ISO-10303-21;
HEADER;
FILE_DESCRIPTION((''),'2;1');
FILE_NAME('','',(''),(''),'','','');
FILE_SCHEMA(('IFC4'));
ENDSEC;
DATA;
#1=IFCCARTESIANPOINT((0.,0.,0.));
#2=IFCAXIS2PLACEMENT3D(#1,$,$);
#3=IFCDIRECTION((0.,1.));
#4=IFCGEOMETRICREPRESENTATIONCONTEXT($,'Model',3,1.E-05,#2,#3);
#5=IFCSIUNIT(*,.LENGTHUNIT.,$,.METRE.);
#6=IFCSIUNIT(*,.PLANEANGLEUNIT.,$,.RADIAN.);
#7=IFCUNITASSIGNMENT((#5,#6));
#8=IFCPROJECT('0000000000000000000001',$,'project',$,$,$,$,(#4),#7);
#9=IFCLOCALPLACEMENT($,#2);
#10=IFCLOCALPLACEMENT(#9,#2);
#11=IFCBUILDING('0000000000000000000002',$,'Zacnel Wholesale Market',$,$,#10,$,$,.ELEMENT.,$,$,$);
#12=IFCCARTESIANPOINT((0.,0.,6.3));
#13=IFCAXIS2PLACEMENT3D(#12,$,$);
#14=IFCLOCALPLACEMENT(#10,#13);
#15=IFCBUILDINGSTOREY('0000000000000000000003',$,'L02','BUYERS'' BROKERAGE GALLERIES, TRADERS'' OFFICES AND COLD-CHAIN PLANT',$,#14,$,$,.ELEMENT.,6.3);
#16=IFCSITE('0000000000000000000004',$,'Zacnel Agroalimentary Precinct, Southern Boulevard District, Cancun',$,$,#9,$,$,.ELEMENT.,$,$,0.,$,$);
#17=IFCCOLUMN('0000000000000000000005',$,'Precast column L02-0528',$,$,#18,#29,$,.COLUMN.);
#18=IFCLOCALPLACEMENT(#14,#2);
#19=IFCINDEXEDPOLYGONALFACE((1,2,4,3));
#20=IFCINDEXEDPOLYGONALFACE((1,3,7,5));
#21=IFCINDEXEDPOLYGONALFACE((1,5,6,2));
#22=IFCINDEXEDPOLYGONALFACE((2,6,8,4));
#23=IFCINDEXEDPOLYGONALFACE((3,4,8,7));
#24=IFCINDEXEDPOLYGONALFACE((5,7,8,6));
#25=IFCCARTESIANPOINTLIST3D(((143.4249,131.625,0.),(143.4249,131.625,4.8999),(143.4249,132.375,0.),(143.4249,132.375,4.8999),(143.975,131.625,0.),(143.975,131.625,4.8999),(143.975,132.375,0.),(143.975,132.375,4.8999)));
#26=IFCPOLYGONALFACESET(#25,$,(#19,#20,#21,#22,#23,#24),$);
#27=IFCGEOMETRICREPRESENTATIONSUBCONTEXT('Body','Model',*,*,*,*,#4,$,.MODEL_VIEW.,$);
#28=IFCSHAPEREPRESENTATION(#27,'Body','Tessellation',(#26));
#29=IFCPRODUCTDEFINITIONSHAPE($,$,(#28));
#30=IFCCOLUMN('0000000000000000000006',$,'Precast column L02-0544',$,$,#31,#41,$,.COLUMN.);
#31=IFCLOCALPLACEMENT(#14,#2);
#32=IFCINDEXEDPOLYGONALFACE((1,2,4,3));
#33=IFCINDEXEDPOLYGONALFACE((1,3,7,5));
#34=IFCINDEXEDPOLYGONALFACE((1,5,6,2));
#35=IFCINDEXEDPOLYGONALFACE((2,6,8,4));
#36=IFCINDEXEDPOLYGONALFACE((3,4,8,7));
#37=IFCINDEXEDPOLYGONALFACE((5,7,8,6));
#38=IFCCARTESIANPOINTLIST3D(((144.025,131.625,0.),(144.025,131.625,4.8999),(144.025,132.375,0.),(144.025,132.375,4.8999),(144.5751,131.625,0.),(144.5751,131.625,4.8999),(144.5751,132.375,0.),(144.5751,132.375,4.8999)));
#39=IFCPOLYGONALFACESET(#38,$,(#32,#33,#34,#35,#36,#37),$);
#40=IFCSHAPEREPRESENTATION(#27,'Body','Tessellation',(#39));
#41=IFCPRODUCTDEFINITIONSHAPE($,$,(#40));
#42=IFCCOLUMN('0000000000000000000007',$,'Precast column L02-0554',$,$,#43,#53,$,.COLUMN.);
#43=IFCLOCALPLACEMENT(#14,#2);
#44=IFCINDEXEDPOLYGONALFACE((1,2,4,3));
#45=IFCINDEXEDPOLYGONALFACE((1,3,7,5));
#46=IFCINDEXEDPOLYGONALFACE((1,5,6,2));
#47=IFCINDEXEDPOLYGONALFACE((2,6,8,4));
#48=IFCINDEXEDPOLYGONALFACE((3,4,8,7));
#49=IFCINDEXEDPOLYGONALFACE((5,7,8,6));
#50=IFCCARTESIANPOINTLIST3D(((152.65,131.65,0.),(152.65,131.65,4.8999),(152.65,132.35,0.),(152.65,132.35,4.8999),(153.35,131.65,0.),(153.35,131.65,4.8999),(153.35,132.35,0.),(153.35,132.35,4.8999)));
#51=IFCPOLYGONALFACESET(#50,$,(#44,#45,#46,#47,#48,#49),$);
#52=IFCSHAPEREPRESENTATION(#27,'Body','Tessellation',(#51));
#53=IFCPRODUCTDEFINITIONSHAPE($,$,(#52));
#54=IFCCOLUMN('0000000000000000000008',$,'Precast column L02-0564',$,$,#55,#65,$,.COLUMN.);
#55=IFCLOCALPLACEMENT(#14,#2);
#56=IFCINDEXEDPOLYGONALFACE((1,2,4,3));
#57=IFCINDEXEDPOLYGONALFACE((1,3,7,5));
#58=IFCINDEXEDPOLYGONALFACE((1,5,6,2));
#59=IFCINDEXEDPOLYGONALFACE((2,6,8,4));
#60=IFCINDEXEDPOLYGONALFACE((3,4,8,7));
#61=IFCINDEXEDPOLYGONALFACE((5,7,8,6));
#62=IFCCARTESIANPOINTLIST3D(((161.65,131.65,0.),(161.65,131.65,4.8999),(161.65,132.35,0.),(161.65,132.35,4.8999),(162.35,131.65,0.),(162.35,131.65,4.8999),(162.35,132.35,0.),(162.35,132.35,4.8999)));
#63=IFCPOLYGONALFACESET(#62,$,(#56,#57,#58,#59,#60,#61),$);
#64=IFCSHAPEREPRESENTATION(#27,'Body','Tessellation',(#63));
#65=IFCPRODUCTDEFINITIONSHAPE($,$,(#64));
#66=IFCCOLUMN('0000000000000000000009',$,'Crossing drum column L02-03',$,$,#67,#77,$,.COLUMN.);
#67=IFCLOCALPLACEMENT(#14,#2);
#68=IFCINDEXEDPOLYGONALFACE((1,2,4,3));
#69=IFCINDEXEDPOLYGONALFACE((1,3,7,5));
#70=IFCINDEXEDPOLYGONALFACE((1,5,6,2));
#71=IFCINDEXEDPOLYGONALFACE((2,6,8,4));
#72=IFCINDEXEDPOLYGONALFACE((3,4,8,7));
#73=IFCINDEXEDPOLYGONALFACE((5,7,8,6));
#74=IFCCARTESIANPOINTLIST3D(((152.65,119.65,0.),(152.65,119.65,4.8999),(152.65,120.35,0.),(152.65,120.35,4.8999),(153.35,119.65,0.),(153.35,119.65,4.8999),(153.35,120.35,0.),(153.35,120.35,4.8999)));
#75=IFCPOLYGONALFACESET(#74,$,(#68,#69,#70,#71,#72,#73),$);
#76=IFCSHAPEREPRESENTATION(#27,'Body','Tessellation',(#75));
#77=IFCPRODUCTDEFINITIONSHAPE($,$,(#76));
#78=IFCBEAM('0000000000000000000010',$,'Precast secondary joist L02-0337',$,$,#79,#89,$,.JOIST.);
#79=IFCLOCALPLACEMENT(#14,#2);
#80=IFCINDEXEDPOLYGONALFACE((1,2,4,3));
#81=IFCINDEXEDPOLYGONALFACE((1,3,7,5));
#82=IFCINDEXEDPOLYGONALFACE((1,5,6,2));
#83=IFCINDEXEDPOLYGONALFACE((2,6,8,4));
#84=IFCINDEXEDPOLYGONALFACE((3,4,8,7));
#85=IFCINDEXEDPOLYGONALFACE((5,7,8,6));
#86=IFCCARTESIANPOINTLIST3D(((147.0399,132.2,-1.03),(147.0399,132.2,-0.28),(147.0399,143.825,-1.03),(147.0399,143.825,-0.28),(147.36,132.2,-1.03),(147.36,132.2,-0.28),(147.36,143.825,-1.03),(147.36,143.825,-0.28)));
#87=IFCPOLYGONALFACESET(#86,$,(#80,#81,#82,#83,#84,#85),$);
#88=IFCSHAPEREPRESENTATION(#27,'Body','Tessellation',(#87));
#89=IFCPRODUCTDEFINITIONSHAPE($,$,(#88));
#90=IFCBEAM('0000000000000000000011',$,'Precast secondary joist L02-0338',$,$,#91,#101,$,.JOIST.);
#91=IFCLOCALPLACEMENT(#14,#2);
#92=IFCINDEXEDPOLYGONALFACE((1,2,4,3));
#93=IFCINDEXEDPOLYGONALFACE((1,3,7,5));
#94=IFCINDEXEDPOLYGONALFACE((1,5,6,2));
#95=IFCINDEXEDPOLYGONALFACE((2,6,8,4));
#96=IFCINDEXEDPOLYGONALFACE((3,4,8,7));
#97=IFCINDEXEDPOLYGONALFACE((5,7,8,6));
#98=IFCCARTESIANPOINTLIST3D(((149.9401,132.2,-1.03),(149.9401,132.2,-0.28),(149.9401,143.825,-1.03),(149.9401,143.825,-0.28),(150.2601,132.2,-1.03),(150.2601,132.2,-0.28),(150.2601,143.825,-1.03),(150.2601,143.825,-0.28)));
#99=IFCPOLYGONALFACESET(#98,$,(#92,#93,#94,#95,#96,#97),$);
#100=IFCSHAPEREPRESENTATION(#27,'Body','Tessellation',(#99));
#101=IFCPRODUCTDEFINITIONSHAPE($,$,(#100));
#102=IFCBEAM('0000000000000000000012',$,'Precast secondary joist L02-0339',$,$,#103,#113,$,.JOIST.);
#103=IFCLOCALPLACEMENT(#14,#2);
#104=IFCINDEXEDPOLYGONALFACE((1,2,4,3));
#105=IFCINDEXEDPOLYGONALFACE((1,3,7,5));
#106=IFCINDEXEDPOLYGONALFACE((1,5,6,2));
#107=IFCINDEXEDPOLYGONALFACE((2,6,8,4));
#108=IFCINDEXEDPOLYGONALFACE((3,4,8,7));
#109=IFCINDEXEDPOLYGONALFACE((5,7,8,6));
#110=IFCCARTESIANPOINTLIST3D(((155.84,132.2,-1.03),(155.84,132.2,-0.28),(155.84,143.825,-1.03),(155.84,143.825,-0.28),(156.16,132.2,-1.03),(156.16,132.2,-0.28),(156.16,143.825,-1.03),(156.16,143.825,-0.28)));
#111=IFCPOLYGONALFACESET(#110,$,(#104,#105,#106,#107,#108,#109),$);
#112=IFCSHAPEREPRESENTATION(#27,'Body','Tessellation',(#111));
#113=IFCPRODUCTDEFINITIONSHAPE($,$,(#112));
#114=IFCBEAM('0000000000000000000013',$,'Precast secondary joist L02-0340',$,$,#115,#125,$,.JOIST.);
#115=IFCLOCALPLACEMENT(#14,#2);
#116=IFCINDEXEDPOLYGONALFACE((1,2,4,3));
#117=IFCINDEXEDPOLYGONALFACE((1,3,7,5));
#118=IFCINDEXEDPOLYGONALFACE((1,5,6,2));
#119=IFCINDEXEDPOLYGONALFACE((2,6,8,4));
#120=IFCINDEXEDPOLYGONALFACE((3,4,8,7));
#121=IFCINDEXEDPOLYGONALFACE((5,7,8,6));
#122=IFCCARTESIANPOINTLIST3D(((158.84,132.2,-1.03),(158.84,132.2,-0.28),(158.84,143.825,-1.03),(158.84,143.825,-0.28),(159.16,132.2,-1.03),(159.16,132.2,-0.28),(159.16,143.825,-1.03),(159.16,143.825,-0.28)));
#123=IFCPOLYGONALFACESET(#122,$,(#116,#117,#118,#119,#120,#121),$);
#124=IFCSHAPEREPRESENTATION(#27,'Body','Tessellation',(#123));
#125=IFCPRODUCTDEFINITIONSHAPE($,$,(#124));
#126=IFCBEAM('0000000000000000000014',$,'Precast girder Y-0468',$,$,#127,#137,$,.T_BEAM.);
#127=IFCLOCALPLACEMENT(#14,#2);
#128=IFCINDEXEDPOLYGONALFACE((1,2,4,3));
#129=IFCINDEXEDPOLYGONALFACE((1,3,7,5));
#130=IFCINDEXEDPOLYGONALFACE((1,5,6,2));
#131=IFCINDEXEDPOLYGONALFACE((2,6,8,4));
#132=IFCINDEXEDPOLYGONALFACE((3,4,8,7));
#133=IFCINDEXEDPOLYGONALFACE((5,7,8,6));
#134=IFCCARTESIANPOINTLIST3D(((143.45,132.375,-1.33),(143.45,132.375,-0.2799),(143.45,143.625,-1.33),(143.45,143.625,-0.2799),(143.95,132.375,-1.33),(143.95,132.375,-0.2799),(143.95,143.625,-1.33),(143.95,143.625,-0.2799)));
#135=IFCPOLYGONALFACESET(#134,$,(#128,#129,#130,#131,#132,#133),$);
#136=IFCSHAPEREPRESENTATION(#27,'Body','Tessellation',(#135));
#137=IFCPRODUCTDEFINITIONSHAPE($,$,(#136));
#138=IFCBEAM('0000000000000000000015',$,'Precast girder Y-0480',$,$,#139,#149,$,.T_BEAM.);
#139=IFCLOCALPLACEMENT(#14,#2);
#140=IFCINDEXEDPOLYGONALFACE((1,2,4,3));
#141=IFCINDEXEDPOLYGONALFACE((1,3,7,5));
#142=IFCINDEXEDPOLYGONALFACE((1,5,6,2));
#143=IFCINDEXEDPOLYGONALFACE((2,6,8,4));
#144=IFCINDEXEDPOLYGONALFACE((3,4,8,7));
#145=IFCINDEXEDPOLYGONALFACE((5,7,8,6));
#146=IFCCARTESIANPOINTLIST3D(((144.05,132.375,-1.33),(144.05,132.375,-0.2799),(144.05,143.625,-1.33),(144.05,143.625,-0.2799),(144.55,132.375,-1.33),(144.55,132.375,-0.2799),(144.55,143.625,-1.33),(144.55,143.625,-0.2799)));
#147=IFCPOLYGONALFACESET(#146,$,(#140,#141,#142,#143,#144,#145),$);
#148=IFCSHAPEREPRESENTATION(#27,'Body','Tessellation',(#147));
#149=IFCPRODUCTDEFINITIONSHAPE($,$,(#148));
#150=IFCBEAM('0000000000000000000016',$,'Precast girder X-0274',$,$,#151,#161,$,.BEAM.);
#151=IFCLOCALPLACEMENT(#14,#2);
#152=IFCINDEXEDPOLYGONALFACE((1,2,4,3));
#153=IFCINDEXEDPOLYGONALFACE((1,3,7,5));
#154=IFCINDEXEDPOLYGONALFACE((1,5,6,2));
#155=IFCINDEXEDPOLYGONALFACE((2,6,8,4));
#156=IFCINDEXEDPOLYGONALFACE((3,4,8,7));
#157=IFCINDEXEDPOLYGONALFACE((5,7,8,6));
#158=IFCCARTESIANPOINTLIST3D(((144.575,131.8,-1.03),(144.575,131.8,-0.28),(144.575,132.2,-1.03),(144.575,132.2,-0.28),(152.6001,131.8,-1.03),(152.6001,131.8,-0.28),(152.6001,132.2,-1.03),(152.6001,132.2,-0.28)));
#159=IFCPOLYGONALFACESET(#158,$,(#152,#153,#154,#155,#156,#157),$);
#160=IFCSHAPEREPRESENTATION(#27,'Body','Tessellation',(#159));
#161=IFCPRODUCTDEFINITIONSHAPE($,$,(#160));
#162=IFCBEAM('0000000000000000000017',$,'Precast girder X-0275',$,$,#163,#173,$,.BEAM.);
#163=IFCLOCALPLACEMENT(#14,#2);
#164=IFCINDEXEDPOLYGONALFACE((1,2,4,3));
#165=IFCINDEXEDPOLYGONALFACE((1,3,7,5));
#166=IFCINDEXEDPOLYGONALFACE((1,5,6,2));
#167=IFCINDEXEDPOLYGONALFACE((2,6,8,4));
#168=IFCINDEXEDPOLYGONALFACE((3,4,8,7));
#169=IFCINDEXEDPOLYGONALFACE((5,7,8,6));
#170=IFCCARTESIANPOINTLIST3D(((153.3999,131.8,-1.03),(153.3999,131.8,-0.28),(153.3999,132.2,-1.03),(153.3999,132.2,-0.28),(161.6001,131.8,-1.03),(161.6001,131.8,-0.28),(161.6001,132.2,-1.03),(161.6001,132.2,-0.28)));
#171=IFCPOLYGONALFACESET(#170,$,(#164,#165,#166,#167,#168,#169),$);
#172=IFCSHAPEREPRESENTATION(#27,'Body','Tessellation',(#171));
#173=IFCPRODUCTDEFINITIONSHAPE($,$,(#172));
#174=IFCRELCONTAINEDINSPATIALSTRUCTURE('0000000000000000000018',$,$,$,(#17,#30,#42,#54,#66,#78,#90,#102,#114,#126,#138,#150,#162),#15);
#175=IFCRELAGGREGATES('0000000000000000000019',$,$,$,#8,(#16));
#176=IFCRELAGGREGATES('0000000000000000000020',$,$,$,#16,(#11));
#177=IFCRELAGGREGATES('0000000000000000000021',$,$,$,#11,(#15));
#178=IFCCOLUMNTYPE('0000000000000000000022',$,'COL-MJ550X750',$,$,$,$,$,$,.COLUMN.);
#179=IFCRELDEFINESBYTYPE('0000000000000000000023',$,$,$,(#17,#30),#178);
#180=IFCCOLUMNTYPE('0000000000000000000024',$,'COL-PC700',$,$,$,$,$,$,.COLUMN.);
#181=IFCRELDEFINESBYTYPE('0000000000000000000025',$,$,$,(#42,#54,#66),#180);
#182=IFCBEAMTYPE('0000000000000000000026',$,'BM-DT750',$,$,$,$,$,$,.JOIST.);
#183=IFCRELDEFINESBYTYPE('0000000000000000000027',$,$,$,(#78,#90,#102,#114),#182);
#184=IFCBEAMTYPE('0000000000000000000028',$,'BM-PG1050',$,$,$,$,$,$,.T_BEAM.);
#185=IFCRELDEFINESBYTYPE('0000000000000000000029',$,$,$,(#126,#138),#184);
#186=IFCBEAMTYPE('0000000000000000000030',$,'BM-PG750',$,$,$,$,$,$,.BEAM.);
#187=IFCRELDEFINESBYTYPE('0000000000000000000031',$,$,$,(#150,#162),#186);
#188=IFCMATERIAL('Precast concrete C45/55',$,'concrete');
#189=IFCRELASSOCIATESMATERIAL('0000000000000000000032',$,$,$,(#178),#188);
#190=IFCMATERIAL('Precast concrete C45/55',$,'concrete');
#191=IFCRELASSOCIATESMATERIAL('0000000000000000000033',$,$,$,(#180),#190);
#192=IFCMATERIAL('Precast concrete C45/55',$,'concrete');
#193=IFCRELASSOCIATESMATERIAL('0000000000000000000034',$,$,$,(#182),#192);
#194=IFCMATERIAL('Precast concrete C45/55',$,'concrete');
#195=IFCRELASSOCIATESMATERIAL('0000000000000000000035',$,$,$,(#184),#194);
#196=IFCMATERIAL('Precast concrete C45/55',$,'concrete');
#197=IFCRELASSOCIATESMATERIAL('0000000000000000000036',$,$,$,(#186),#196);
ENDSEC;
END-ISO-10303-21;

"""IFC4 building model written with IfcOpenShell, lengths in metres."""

from ifc_helpers import new_model, si_unit, direction, frame, origin, origin_2d, place, context, subcontext, project, spatial, rectangle, extrude, material, material_profile, profile_set, type_object, element, save


model = new_model("IFC4")

# Units and contexts
model_context = context("Model", 3, precision=1e-05, world=origin(), true_north=direction((0.0, 1.0)))
body_context = subcontext(model_context, "Body", "Model", "MODEL_VIEW")
ifc_project = project(units=[si_unit("LENGTHUNIT", "METRE"), si_unit("PLANEANGLEUNIT", "RADIAN")], contexts=[model_context])

# Site, building, storey
site_placement = place(None, origin())
site = spatial("IfcSite", under=ifc_project, at=site_placement, Name="Zacnel Agroalimentary Precinct, Southern Boulevard District, Cancun", CompositionType="ELEMENT", RefElevation=0.0)
building_placement = place(site_placement, origin())
building = spatial("IfcBuilding", under=site, at=building_placement, Name="Zacnel Wholesale Market", CompositionType="ELEMENT")
storey_placement = place(building_placement, frame((0.0, 0.0, 6.3)))
storey = spatial("IfcBuildingStorey", under=building, at=storey_placement, Name="L02", Description="BUYERS' BROKERAGE GALLERIES, TRADERS' OFFICES AND COLD-CHAIN PLANT", CompositionType="ELEMENT", Elevation=6.3)

# Columns
ifc_material_1 = material(Name="Precast concrete C45/55", Category="concrete")
ifc_material_profile_1 = material_profile(ifc_material_1, rectangle(XDim=0.55, YDim=0.75, at=origin_2d()), Name="PC 550x750")
ifc_profile_set_1 = profile_set([ifc_material_profile_1], Name="Precast concrete C45/55")
column_type_1 = type_object("IfcColumnType", Name="COL-MJ550X750", PredefinedType="COLUMN", material=ifc_profile_set_1)
for number, where, z_axis, x_axis, name in (
    (1, (143.7, 132.0, 0.0), (0.0, 0.0, 1.0), (1.0, 0.0, 0.0), "Precast column L02-0528"),
    (2, (144.3, 132.0, 0.0), (0.0, 0.0, 1.0), (1.0, 0.0, 0.0), "Precast column L02-0544"),
):
    element("IfcColumn", number, at=place(storey_placement, frame(where, z_axis=z_axis, x_axis=x_axis)), inside=storey, type_object=column_type_1, Name=name, PredefinedType="COLUMN", context=body_context, shape_type="SweptSolid", body=[
        extrude(rectangle(XDim=0.55, YDim=0.75, at=origin_2d()), origin(), (0.0, 0.0, 1.0), 4.8999),
    ])
ifc_material_2 = material(Name="Precast concrete C45/55", Category="concrete")
ifc_material_profile_2 = material_profile(ifc_material_2, rectangle(XDim=0.7, YDim=0.7, at=origin_2d()), Name="PC 700x700")
ifc_profile_set_2 = profile_set([ifc_material_profile_2], Name="Precast concrete C45/55")
column_type_2 = type_object("IfcColumnType", Name="COL-PC700", PredefinedType="COLUMN", material=ifc_profile_set_2)
for number, where, z_axis, x_axis, name in (
    (3, (153.0, 132.0, 0.0), (0.0, 0.0, 1.0), (1.0, 0.0, 0.0), "Precast column L02-0554"),
    (4, (162.0, 132.0, 0.0), (0.0, 0.0, 1.0), (1.0, 0.0, 0.0), "Precast column L02-0564"),
    (5, (153.0, 120.0, 0.0), (0.0, 0.0, 1.0), (1.0, 0.0, 0.0), "Crossing drum column L02-03"),
):
    element("IfcColumn", number, at=place(storey_placement, frame(where, z_axis=z_axis, x_axis=x_axis)), inside=storey, type_object=column_type_2, Name=name, PredefinedType="COLUMN", context=body_context, shape_type="SweptSolid", body=[
        extrude(rectangle(XDim=0.7, YDim=0.7, at=origin_2d()), origin(), (0.0, 0.0, 1.0), 4.8999),
    ])

# Beams
ifc_material_3 = material(Name="Precast concrete C45/55", Category="concrete")
ifc_material_profile_3 = material_profile(ifc_material_3, rectangle(XDim=0.3201, YDim=0.75, at=origin_2d()), Name="DT RIB 320x750")
ifc_profile_set_3 = profile_set([ifc_material_profile_3], Name="Precast concrete C45/55")
beam_type_1 = type_object("IfcBeamType", Name="BM-DT750", PredefinedType="JOIST", material=ifc_profile_set_3)
for number, where, z_axis, x_axis, name in (
    (6, (147.2, 132.2, -0.655), (0.0, 1.0, 0.0), (-1.0, 0.0, 0.0), "Precast secondary joist L02-0337"),
    (7, (150.1001, 132.2, -0.655), (0.0, 1.0, 0.0), (-1.0, 0.0, 0.0), "Precast secondary joist L02-0338"),
    (8, (156.0, 132.2, -0.655), (0.0, 1.0, 0.0), (-1.0, 0.0, 0.0), "Precast secondary joist L02-0339"),
    (9, (159.0, 132.2, -0.655), (0.0, 1.0, 0.0), (-1.0, 0.0, 0.0), "Precast secondary joist L02-0340"),
):
    element("IfcBeam", number, at=place(storey_placement, frame(where, z_axis=z_axis, x_axis=x_axis)), inside=storey, type_object=beam_type_1, Name=name, PredefinedType="JOIST", context=body_context, shape_type="SweptSolid", body=[
        extrude(rectangle(XDim=0.3201, YDim=0.75, at=origin_2d()), origin(), (0.0, 0.0, 1.0), 11.625),
    ])
ifc_material_4 = material(Name="Precast concrete C45/55", Category="concrete")
ifc_material_profile_4 = material_profile(ifc_material_4, rectangle(XDim=0.5, YDim=1.05, at=origin_2d()), Name="PG 500x1050")
ifc_profile_set_4 = profile_set([ifc_material_profile_4], Name="Precast concrete C45/55")
beam_type_2 = type_object("IfcBeamType", Name="BM-PG1050", PredefinedType="T_BEAM", material=ifc_profile_set_4)
for number, where, z_axis, x_axis, name in (
    (10, (143.7, 132.375, -0.8049), (0.0, 1.0, 0.0), (-1.0, 0.0, 0.0), "Precast girder Y-0468"),
    (11, (144.3, 132.375, -0.8049), (0.0, 1.0, 0.0), (-1.0, 0.0, 0.0), "Precast girder Y-0480"),
):
    element("IfcBeam", number, at=place(storey_placement, frame(where, z_axis=z_axis, x_axis=x_axis)), inside=storey, type_object=beam_type_2, Name=name, PredefinedType="T_BEAM", context=body_context, shape_type="SweptSolid", body=[
        extrude(rectangle(XDim=0.5, YDim=1.05, at=origin_2d()), origin(), (0.0, 0.0, 1.0), 11.25),
    ])
ifc_material_5 = material(Name="Precast concrete C45/55", Category="concrete")
ifc_material_profile_5 = material_profile(ifc_material_5, rectangle(XDim=0.3999, YDim=0.75, at=origin_2d()), Name="PG 400x750")
ifc_profile_set_5 = profile_set([ifc_material_profile_5], Name="Precast concrete C45/55")
beam_type_3 = type_object("IfcBeamType", Name="BM-PG750", PredefinedType="BEAM", material=ifc_profile_set_5)
beam_1_placement = place(storey_placement, frame((144.575, 132.0, -0.655), z_axis=(1.0, 0.0, 0.0), x_axis=(0.0, 1.0, 0.0)))
element("IfcBeam", 12, at=beam_1_placement, inside=storey, type_object=beam_type_3, Name="Precast girder X-0274", PredefinedType="BEAM", context=body_context, shape_type="SweptSolid", body=[
    extrude(rectangle(XDim=0.3999, YDim=0.75, at=origin_2d()), origin(), (0.0, 0.0, 1.0), 8.0251),
])
beam_2_placement = place(storey_placement, frame((153.3999, 132.0, -0.655), z_axis=(1.0, 0.0, 0.0), x_axis=(0.0, 1.0, 0.0)))
element("IfcBeam", 13, at=beam_2_placement, inside=storey, type_object=beam_type_3, Name="Precast girder X-0275", PredefinedType="BEAM", context=body_context, shape_type="SweptSolid", body=[
    extrude(rectangle(XDim=0.3999, YDim=0.75, at=origin_2d()), origin(), (0.0, 0.0, 1.0), 8.2002),
])

save(model, "model.ifc")
